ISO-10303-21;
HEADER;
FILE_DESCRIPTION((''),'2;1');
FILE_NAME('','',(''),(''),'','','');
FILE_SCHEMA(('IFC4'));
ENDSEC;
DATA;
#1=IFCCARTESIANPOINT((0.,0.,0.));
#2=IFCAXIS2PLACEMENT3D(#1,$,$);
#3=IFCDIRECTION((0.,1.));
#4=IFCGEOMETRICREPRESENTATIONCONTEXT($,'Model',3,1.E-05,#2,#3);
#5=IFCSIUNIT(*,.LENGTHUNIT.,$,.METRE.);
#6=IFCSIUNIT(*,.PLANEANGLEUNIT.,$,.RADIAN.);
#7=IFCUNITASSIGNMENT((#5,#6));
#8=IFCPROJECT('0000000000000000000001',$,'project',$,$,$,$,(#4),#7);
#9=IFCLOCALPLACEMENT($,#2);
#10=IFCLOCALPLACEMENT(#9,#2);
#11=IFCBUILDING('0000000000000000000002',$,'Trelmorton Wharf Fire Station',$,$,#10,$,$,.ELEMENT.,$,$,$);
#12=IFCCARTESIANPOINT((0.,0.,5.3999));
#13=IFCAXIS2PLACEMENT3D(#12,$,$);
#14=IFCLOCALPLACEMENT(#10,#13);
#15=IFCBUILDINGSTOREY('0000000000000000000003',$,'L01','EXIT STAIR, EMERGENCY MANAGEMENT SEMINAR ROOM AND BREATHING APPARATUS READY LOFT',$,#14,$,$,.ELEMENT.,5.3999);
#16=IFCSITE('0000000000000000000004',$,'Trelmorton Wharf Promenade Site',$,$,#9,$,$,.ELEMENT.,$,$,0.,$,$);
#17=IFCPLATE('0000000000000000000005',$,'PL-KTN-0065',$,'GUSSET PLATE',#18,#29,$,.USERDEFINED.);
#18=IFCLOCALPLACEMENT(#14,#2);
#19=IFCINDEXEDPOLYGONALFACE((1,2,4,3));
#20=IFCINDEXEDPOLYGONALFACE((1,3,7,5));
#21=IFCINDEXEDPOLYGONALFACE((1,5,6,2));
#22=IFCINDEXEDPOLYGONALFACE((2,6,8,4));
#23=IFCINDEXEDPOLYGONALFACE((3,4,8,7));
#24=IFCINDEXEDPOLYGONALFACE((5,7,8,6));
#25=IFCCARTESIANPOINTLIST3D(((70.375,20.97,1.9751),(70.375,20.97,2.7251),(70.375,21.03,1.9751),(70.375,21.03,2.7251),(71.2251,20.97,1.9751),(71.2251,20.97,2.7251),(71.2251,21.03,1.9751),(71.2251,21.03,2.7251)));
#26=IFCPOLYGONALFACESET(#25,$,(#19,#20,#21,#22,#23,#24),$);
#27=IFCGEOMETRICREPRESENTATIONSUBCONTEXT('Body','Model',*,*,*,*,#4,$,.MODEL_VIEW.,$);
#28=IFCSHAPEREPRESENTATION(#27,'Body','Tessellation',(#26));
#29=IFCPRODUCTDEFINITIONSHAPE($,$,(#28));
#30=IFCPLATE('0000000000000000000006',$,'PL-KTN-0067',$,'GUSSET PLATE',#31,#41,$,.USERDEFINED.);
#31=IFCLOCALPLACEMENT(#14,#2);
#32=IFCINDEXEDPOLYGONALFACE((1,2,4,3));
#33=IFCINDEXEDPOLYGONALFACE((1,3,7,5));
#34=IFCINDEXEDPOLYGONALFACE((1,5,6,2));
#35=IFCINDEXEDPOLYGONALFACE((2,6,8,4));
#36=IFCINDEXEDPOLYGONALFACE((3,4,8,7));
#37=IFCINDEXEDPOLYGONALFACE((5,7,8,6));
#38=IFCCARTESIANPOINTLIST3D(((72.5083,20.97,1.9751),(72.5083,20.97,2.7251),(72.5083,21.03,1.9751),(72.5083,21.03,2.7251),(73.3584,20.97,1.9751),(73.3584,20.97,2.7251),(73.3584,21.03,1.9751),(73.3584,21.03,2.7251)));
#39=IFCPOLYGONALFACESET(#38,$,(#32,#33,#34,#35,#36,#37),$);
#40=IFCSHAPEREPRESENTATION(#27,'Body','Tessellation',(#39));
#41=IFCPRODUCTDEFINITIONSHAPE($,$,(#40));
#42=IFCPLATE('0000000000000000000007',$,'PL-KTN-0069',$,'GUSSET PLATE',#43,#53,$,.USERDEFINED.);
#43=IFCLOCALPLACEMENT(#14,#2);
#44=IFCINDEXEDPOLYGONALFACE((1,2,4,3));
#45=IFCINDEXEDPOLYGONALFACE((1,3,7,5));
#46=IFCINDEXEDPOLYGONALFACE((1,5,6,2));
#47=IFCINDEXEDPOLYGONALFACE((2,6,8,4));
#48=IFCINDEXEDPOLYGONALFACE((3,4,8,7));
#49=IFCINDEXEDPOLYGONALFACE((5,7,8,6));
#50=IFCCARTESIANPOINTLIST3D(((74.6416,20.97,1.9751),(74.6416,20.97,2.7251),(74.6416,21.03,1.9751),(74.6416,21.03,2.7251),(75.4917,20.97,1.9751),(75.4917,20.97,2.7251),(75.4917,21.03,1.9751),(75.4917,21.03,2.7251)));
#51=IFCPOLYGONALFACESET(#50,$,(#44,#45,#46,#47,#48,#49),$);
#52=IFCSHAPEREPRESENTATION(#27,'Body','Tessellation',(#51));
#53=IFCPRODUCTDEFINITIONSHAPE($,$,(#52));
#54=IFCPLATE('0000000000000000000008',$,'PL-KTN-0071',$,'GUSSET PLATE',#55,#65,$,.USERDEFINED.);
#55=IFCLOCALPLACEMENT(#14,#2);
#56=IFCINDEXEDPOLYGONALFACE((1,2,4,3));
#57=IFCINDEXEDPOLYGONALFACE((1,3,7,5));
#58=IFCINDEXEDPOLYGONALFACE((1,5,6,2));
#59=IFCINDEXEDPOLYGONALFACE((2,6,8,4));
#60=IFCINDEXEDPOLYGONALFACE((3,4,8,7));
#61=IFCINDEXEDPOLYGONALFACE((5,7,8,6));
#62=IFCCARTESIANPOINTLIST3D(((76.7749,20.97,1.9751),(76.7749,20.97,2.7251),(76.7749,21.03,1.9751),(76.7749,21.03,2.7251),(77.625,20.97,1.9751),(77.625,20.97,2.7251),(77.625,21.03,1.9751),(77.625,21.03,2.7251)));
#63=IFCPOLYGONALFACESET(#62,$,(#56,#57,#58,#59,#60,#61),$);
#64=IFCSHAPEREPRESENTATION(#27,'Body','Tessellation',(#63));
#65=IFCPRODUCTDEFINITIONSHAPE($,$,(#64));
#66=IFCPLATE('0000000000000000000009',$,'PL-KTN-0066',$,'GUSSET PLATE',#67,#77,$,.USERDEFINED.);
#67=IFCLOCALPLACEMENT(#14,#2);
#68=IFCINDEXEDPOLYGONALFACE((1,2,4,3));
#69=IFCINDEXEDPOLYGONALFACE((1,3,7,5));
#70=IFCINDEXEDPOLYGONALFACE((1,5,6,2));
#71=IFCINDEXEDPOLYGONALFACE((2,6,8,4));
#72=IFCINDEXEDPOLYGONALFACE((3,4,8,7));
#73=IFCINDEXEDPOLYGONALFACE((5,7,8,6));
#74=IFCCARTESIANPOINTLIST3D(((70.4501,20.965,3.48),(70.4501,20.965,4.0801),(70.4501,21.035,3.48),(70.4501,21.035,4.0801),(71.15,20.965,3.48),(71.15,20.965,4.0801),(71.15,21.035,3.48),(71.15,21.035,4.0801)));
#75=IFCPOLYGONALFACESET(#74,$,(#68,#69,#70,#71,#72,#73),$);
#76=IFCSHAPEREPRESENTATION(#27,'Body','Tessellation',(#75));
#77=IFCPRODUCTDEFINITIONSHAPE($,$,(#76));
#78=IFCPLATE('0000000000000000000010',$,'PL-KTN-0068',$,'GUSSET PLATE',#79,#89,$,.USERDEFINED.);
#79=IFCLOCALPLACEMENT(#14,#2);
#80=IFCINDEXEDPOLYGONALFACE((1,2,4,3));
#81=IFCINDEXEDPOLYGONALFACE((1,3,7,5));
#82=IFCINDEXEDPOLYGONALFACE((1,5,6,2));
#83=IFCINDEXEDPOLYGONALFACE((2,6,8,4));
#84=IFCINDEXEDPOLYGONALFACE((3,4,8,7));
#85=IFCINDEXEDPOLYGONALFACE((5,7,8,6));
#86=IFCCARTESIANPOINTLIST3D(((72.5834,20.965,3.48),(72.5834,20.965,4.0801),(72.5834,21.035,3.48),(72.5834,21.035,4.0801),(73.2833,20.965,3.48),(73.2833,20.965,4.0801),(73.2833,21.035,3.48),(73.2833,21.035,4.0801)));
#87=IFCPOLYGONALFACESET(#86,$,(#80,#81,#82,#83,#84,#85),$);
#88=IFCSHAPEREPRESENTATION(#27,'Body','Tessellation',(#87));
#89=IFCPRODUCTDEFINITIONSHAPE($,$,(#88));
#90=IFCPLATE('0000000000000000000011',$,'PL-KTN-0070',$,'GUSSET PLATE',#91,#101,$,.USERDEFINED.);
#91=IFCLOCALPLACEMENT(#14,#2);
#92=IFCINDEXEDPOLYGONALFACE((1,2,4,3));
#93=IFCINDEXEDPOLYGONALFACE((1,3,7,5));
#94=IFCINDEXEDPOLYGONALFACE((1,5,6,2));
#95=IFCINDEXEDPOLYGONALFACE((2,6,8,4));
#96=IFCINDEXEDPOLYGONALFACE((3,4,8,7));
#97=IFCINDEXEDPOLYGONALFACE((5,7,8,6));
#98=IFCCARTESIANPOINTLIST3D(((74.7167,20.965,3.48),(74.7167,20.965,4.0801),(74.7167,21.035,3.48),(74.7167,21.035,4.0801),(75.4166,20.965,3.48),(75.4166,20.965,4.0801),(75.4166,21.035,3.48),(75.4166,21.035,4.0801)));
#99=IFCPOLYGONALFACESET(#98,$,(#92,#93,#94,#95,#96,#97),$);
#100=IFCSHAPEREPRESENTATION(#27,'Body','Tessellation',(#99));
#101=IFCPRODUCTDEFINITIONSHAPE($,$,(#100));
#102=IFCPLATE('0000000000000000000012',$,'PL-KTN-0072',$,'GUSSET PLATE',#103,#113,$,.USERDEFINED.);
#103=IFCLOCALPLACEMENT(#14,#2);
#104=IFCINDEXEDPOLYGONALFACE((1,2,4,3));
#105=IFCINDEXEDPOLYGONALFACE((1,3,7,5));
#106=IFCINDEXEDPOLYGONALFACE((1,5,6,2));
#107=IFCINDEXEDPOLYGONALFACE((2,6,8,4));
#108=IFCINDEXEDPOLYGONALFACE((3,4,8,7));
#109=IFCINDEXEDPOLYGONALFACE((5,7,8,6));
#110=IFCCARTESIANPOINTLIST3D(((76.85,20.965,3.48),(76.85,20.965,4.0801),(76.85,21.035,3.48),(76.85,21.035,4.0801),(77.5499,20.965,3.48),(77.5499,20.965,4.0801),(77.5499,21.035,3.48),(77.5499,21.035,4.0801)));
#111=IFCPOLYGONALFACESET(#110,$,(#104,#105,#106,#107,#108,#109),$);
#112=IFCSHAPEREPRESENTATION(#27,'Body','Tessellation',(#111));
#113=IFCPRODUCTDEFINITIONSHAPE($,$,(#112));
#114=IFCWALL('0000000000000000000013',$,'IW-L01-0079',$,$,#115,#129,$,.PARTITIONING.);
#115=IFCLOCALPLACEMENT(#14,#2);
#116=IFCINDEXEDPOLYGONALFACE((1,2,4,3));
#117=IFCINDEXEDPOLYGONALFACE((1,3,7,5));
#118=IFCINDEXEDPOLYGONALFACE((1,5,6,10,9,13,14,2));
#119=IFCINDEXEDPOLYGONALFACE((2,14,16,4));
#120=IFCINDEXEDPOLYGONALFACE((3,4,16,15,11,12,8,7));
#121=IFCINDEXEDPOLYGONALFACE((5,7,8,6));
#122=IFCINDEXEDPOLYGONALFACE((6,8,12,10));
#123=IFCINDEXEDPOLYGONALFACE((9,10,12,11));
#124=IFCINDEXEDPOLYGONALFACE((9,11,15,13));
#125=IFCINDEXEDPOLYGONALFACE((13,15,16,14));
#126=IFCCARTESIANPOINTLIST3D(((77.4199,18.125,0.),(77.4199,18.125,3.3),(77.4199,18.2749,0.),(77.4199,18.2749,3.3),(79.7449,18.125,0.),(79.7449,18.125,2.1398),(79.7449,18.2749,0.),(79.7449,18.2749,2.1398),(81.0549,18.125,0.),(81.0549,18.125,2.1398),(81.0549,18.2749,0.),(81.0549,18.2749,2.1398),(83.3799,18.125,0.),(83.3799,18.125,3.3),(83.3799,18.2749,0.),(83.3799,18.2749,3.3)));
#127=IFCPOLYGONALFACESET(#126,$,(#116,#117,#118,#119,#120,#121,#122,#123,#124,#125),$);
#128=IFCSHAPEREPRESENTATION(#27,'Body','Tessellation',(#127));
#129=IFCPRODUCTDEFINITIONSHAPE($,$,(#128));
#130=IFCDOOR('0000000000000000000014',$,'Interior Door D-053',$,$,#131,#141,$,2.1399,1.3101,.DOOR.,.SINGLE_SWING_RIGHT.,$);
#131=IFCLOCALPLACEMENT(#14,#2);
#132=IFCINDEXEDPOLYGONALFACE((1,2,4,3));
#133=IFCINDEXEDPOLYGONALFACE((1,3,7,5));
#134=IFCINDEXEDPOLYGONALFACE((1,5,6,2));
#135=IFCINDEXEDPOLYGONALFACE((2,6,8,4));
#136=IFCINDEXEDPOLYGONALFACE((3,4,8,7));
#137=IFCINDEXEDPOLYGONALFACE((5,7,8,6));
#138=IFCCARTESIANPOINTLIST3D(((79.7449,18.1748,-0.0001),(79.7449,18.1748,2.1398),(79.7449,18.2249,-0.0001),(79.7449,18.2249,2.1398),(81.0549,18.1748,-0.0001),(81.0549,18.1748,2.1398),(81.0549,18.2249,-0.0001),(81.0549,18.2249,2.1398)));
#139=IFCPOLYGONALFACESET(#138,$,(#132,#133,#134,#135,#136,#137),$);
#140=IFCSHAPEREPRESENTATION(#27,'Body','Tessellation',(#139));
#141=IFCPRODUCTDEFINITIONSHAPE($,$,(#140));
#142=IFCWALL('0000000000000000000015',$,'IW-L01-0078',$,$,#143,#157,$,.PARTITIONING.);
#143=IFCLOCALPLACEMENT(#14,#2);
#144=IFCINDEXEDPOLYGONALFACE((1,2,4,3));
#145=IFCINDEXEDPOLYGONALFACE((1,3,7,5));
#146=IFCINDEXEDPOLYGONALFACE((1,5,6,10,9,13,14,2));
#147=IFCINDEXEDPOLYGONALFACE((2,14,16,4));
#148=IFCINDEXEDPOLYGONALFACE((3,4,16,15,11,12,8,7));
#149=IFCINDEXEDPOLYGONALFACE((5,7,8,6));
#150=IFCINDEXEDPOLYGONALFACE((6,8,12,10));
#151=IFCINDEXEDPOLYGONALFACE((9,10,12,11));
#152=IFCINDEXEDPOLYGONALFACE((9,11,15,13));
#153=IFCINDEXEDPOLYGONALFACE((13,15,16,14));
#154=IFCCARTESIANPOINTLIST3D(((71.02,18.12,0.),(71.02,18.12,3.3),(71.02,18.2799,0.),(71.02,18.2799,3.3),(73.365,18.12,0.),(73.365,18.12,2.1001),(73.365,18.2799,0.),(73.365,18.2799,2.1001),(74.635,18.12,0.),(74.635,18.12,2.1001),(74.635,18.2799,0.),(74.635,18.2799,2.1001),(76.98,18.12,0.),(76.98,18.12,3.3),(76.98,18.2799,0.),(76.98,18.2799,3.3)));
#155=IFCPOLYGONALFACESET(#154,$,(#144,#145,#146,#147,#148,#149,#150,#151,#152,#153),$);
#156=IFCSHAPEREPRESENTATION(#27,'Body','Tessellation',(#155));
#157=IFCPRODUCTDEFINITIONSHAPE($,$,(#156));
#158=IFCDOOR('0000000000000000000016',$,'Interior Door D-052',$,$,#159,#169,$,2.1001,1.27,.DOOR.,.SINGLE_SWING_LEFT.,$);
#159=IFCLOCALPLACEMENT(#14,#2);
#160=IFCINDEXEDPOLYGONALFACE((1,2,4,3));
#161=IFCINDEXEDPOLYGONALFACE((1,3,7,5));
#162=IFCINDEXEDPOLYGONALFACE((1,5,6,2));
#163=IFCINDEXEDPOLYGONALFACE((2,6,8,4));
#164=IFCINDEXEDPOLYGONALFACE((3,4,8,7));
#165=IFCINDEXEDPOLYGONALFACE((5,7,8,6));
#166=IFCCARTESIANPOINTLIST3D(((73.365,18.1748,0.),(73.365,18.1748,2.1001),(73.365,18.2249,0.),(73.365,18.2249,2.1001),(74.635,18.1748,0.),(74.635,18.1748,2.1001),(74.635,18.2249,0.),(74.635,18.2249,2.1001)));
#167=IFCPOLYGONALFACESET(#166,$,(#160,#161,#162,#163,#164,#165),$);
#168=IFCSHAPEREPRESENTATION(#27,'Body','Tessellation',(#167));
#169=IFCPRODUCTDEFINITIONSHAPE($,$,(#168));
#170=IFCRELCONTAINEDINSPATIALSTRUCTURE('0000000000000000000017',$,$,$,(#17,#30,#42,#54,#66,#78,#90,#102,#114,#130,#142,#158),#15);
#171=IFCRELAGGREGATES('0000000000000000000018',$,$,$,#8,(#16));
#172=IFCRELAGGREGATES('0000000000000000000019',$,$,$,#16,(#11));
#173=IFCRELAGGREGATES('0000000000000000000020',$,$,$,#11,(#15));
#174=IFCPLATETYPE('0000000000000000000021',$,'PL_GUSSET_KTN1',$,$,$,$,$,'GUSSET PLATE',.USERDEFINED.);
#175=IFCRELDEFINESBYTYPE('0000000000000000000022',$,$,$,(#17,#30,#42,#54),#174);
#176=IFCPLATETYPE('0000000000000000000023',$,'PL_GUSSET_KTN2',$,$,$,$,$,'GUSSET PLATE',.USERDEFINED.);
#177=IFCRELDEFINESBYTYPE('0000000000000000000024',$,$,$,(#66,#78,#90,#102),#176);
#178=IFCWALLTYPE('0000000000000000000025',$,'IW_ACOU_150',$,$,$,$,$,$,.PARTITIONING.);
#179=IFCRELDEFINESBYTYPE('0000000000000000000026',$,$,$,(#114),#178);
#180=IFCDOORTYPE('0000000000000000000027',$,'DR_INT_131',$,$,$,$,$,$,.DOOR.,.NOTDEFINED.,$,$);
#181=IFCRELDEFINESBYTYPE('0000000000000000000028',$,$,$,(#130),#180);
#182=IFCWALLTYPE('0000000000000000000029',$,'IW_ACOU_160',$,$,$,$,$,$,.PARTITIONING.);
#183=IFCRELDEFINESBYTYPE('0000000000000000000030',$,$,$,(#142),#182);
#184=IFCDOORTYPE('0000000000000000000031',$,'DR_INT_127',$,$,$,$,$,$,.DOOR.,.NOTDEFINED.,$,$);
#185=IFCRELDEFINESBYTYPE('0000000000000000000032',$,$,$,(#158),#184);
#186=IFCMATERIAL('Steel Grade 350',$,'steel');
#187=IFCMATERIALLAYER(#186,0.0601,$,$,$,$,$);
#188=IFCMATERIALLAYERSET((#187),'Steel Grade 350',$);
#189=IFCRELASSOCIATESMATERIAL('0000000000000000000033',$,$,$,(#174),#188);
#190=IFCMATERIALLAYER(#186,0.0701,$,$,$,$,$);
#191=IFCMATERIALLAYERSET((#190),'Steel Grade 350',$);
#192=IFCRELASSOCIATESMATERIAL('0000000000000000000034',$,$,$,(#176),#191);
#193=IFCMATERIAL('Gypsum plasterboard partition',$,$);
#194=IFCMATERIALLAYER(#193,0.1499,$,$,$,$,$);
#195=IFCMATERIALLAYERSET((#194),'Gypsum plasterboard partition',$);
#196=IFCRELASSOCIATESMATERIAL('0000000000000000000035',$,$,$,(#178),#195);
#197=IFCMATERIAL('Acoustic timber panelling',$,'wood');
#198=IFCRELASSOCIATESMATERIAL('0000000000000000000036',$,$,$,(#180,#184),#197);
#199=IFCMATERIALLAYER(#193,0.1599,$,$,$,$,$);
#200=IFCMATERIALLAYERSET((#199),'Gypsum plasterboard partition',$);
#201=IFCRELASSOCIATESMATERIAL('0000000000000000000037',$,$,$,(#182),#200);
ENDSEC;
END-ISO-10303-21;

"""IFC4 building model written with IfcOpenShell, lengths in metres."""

from ifc_helpers import new_model, si_unit, direction, frame, frame_2d, origin, origin_2d, place, context, subcontext, project, spatial, rectangle, extrude, material, layer, layer_set, type_object, element, fill, save


model = new_model("IFC4")

# Units and contexts
model_context = context("Model", 3, precision=1e-05, world=origin(), true_north=direction((0.0, 1.0)))
body_context = subcontext(model_context, "Body", "Model", "MODEL_VIEW")
ifc_project = project(units=[si_unit("LENGTHUNIT", "METRE"), si_unit("PLANEANGLEUNIT", "RADIAN")], contexts=[model_context])

# Site, building, storey
site_placement = place(None, origin())
site = spatial("IfcSite", under=ifc_project, at=site_placement, Name="Trelmorton Wharf Promenade Site", CompositionType="ELEMENT", RefElevation=0.0)
building_placement = place(site_placement, origin())
building = spatial("IfcBuilding", under=site, at=building_placement, Name="Trelmorton Wharf Fire Station", CompositionType="ELEMENT")
storey_placement = place(building_placement, frame((0.0, 0.0, 5.3999)))
storey = spatial("IfcBuildingStorey", under=building, at=storey_placement, Name="L01", Description="EXIT STAIR, EMERGENCY MANAGEMENT SEMINAR ROOM AND BREATHING APPARATUS READY LOFT", CompositionType="ELEMENT", Elevation=5.3999)

# Shared definitions
ifc_material_1 = material(Name="Steel Grade 350", Category="steel")

# Plates
ifc_layer_1 = layer(ifc_material_1, 0.0601)
ifc_layer_set_1 = layer_set([ifc_layer_1], Name="Steel Grade 350")
plate_type_1 = type_object("IfcPlateType", Name="PL_GUSSET_KTN1", ElementType="GUSSET PLATE", PredefinedType="USERDEFINED", material=ifc_layer_set_1)
for number, where, z_axis, x_axis, name in (
    (1, (70.8, 21.0, 1.9751), (0.0, 0.0, 1.0), (1.0, 0.0, 0.0), "PL-KTN-0065"),
    (2, (72.9333, 21.0, 1.9751), (0.0, 0.0, 1.0), (1.0, 0.0, 0.0), "PL-KTN-0067"),
    (3, (75.0667, 21.0, 1.9751), (0.0, 0.0, 1.0), (1.0, 0.0, 0.0), "PL-KTN-0069"),
    (4, (77.2, 21.0, 1.9751), (0.0, 0.0, 1.0), (1.0, 0.0, 0.0), "PL-KTN-0071"),
):
    element("IfcPlate", number, at=place(storey_placement, frame(where, z_axis=z_axis, x_axis=x_axis)), inside=storey, type_object=plate_type_1, Name=name, ObjectType="GUSSET PLATE", PredefinedType="USERDEFINED", context=body_context, shape_type="SweptSolid", body=[
        extrude(rectangle(XDim=0.8501, YDim=0.0601, at=origin_2d()), origin(), (0.0, 0.0, 1.0), 0.75),
    ])
ifc_layer_2 = layer(ifc_material_1, 0.0701)
ifc_layer_set_2 = layer_set([ifc_layer_2], Name="Steel Grade 350")
plate_type_2 = type_object("IfcPlateType", Name="PL_GUSSET_KTN2", ElementType="GUSSET PLATE", PredefinedType="USERDEFINED", material=ifc_layer_set_2)
for number, where, z_axis, x_axis, name in (
    (5, (70.8, 21.0, 3.48), (0.0, 0.0, 1.0), (1.0, 0.0, 0.0), "PL-KTN-0066"),
    (6, (72.9333, 21.0, 3.48), (0.0, 0.0, 1.0), (1.0, 0.0, 0.0), "PL-KTN-0068"),
    (7, (75.0667, 21.0, 3.48), (0.0, 0.0, 1.0), (1.0, 0.0, 0.0), "PL-KTN-0070"),
    (8, (77.2, 21.0, 3.48), (0.0, 0.0, 1.0), (1.0, 0.0, 0.0), "PL-KTN-0072"),
):
    element("IfcPlate", number, at=place(storey_placement, frame(where, z_axis=z_axis, x_axis=x_axis)), inside=storey, type_object=plate_type_2, Name=name, ObjectType="GUSSET PLATE", PredefinedType="USERDEFINED", context=body_context, shape_type="SweptSolid", body=[
        extrude(rectangle(XDim=0.7, YDim=0.0701, at=origin_2d()), origin(), (0.0, 0.0, 1.0), 0.6001),
    ])

# Walls, openings, doors
ifc_material_2 = material(Name="Gypsum plasterboard partition")
ifc_layer_3 = layer(ifc_material_2, 0.1499)
ifc_layer_set_3 = layer_set([ifc_layer_3], Name="Gypsum plasterboard partition")
wall_type_1 = type_object("IfcWallType", Name="IW_ACOU_150", PredefinedType="PARTITIONING", material=ifc_layer_set_3)
wall_1_placement = place(storey_placement, frame((77.4199, 18.2, 0.0), z_axis=(0.0, 0.0, 1.0), x_axis=(1.0, 0.0, 0.0)))
wall_1 = element("IfcWall", 9, at=wall_1_placement, inside=storey, type_object=wall_type_1, Name="IW-L01-0079", PredefinedType="PARTITIONING", context=body_context, shape_type="SweptSolid", body=[
    extrude(rectangle(XDim=5.96, YDim=0.1499, at=frame_2d((2.98, 0.0))), origin(), (0.0, 0.0, 1.0), 3.3),
])
opening_1_placement = place(wall_1_placement, frame((2.325, 0.0, 0.0)))
opening_1 = element("IfcOpeningElement", 10, at=opening_1_placement, cuts=wall_1, PredefinedType="OPENING", context=body_context, shape_type="SweptSolid", body=[
    extrude(rectangle(XDim=1.3101, YDim=2.1399, at=frame_2d((0.655, 1.0698))), frame((0.0, 0.085, 0.0), z_axis=(0.0, -1.0, 0.0), x_axis=(1.0, 0.0, 0.0)), (0.0, 0.0, 1.0), 0.1699),
])
ifc_material_3 = material(Name="Acoustic timber panelling", Category="wood")
door_type_1 = type_object("IfcDoorType", Name="DR_INT_131", OperationType="NOTDEFINED", PredefinedType="DOOR", material=ifc_material_3)
door_1_placement = place(opening_1_placement, origin())
door_1 = element("IfcDoor", 11, at=door_1_placement, inside=storey, type_object=door_type_1, Name="Interior Door D-053", OperationType="SINGLE_SWING_RIGHT", OverallHeight=2.1399, OverallWidth=1.3101, PredefinedType="DOOR", context=body_context, shape_type="SweptSolid", body=[
    extrude(rectangle(XDim=1.3101, YDim=2.1399, at=frame_2d((0.655, 1.0698))), frame((0.0, 0.0249, 0.0), z_axis=(0.0, -1.0, 0.0), x_axis=(1.0, 0.0, 0.0)), (0.0, 0.0, 1.0), 0.05),
])
fill(opening_1, door_1)
ifc_layer_4 = layer(ifc_material_2, 0.1599)
ifc_layer_set_4 = layer_set([ifc_layer_4], Name="Gypsum plasterboard partition")
wall_type_2 = type_object("IfcWallType", Name="IW_ACOU_160", PredefinedType="PARTITIONING", material=ifc_layer_set_4)
wall_2_placement = place(storey_placement, frame((71.02, 18.2, 0.0), z_axis=(0.0, 0.0, 1.0), x_axis=(1.0, 0.0, 0.0)))
wall_2 = element("IfcWall", 12, at=wall_2_placement, inside=storey, type_object=wall_type_2, Name="IW-L01-0078", PredefinedType="PARTITIONING", context=body_context, shape_type="SweptSolid", body=[
    extrude(rectangle(XDim=5.96, YDim=0.1599, at=frame_2d((2.98, 0.0))), origin(), (0.0, 0.0, 1.0), 3.3),
])
opening_2_placement = place(wall_2_placement, frame((2.345, 0.0, 0.0)))
opening_2 = element("IfcOpeningElement", 13, at=opening_2_placement, cuts=wall_2, PredefinedType="OPENING", context=body_context, shape_type="SweptSolid", body=[
    extrude(rectangle(XDim=1.27, YDim=2.1001, at=frame_2d((0.635, 1.05))), frame((0.0, 0.0898, 0.0), z_axis=(0.0, -1.0, 0.0), x_axis=(1.0, 0.0, 0.0)), (0.0, 0.0, 1.0), 0.1799),
])
door_type_2 = type_object("IfcDoorType", Name="DR_INT_127", OperationType="NOTDEFINED", PredefinedType="DOOR", material=ifc_material_3)
door_2_placement = place(opening_2_placement, origin())
door_2 = element("IfcDoor", 14, at=door_2_placement, inside=storey, type_object=door_type_2, Name="Interior Door D-052", OperationType="SINGLE_SWING_LEFT", OverallHeight=2.1001, OverallWidth=1.27, PredefinedType="DOOR", context=body_context, shape_type="SweptSolid", body=[
    extrude(rectangle(XDim=1.27, YDim=2.1001, at=frame_2d((0.635, 1.05))), frame((0.0, 0.0249, 0.0), z_axis=(0.0, -1.0, 0.0), x_axis=(1.0, 0.0, 0.0)), (0.0, 0.0, 1.0), 0.05),
])
fill(opening_2, door_2)

save(model, "model.ifc")
